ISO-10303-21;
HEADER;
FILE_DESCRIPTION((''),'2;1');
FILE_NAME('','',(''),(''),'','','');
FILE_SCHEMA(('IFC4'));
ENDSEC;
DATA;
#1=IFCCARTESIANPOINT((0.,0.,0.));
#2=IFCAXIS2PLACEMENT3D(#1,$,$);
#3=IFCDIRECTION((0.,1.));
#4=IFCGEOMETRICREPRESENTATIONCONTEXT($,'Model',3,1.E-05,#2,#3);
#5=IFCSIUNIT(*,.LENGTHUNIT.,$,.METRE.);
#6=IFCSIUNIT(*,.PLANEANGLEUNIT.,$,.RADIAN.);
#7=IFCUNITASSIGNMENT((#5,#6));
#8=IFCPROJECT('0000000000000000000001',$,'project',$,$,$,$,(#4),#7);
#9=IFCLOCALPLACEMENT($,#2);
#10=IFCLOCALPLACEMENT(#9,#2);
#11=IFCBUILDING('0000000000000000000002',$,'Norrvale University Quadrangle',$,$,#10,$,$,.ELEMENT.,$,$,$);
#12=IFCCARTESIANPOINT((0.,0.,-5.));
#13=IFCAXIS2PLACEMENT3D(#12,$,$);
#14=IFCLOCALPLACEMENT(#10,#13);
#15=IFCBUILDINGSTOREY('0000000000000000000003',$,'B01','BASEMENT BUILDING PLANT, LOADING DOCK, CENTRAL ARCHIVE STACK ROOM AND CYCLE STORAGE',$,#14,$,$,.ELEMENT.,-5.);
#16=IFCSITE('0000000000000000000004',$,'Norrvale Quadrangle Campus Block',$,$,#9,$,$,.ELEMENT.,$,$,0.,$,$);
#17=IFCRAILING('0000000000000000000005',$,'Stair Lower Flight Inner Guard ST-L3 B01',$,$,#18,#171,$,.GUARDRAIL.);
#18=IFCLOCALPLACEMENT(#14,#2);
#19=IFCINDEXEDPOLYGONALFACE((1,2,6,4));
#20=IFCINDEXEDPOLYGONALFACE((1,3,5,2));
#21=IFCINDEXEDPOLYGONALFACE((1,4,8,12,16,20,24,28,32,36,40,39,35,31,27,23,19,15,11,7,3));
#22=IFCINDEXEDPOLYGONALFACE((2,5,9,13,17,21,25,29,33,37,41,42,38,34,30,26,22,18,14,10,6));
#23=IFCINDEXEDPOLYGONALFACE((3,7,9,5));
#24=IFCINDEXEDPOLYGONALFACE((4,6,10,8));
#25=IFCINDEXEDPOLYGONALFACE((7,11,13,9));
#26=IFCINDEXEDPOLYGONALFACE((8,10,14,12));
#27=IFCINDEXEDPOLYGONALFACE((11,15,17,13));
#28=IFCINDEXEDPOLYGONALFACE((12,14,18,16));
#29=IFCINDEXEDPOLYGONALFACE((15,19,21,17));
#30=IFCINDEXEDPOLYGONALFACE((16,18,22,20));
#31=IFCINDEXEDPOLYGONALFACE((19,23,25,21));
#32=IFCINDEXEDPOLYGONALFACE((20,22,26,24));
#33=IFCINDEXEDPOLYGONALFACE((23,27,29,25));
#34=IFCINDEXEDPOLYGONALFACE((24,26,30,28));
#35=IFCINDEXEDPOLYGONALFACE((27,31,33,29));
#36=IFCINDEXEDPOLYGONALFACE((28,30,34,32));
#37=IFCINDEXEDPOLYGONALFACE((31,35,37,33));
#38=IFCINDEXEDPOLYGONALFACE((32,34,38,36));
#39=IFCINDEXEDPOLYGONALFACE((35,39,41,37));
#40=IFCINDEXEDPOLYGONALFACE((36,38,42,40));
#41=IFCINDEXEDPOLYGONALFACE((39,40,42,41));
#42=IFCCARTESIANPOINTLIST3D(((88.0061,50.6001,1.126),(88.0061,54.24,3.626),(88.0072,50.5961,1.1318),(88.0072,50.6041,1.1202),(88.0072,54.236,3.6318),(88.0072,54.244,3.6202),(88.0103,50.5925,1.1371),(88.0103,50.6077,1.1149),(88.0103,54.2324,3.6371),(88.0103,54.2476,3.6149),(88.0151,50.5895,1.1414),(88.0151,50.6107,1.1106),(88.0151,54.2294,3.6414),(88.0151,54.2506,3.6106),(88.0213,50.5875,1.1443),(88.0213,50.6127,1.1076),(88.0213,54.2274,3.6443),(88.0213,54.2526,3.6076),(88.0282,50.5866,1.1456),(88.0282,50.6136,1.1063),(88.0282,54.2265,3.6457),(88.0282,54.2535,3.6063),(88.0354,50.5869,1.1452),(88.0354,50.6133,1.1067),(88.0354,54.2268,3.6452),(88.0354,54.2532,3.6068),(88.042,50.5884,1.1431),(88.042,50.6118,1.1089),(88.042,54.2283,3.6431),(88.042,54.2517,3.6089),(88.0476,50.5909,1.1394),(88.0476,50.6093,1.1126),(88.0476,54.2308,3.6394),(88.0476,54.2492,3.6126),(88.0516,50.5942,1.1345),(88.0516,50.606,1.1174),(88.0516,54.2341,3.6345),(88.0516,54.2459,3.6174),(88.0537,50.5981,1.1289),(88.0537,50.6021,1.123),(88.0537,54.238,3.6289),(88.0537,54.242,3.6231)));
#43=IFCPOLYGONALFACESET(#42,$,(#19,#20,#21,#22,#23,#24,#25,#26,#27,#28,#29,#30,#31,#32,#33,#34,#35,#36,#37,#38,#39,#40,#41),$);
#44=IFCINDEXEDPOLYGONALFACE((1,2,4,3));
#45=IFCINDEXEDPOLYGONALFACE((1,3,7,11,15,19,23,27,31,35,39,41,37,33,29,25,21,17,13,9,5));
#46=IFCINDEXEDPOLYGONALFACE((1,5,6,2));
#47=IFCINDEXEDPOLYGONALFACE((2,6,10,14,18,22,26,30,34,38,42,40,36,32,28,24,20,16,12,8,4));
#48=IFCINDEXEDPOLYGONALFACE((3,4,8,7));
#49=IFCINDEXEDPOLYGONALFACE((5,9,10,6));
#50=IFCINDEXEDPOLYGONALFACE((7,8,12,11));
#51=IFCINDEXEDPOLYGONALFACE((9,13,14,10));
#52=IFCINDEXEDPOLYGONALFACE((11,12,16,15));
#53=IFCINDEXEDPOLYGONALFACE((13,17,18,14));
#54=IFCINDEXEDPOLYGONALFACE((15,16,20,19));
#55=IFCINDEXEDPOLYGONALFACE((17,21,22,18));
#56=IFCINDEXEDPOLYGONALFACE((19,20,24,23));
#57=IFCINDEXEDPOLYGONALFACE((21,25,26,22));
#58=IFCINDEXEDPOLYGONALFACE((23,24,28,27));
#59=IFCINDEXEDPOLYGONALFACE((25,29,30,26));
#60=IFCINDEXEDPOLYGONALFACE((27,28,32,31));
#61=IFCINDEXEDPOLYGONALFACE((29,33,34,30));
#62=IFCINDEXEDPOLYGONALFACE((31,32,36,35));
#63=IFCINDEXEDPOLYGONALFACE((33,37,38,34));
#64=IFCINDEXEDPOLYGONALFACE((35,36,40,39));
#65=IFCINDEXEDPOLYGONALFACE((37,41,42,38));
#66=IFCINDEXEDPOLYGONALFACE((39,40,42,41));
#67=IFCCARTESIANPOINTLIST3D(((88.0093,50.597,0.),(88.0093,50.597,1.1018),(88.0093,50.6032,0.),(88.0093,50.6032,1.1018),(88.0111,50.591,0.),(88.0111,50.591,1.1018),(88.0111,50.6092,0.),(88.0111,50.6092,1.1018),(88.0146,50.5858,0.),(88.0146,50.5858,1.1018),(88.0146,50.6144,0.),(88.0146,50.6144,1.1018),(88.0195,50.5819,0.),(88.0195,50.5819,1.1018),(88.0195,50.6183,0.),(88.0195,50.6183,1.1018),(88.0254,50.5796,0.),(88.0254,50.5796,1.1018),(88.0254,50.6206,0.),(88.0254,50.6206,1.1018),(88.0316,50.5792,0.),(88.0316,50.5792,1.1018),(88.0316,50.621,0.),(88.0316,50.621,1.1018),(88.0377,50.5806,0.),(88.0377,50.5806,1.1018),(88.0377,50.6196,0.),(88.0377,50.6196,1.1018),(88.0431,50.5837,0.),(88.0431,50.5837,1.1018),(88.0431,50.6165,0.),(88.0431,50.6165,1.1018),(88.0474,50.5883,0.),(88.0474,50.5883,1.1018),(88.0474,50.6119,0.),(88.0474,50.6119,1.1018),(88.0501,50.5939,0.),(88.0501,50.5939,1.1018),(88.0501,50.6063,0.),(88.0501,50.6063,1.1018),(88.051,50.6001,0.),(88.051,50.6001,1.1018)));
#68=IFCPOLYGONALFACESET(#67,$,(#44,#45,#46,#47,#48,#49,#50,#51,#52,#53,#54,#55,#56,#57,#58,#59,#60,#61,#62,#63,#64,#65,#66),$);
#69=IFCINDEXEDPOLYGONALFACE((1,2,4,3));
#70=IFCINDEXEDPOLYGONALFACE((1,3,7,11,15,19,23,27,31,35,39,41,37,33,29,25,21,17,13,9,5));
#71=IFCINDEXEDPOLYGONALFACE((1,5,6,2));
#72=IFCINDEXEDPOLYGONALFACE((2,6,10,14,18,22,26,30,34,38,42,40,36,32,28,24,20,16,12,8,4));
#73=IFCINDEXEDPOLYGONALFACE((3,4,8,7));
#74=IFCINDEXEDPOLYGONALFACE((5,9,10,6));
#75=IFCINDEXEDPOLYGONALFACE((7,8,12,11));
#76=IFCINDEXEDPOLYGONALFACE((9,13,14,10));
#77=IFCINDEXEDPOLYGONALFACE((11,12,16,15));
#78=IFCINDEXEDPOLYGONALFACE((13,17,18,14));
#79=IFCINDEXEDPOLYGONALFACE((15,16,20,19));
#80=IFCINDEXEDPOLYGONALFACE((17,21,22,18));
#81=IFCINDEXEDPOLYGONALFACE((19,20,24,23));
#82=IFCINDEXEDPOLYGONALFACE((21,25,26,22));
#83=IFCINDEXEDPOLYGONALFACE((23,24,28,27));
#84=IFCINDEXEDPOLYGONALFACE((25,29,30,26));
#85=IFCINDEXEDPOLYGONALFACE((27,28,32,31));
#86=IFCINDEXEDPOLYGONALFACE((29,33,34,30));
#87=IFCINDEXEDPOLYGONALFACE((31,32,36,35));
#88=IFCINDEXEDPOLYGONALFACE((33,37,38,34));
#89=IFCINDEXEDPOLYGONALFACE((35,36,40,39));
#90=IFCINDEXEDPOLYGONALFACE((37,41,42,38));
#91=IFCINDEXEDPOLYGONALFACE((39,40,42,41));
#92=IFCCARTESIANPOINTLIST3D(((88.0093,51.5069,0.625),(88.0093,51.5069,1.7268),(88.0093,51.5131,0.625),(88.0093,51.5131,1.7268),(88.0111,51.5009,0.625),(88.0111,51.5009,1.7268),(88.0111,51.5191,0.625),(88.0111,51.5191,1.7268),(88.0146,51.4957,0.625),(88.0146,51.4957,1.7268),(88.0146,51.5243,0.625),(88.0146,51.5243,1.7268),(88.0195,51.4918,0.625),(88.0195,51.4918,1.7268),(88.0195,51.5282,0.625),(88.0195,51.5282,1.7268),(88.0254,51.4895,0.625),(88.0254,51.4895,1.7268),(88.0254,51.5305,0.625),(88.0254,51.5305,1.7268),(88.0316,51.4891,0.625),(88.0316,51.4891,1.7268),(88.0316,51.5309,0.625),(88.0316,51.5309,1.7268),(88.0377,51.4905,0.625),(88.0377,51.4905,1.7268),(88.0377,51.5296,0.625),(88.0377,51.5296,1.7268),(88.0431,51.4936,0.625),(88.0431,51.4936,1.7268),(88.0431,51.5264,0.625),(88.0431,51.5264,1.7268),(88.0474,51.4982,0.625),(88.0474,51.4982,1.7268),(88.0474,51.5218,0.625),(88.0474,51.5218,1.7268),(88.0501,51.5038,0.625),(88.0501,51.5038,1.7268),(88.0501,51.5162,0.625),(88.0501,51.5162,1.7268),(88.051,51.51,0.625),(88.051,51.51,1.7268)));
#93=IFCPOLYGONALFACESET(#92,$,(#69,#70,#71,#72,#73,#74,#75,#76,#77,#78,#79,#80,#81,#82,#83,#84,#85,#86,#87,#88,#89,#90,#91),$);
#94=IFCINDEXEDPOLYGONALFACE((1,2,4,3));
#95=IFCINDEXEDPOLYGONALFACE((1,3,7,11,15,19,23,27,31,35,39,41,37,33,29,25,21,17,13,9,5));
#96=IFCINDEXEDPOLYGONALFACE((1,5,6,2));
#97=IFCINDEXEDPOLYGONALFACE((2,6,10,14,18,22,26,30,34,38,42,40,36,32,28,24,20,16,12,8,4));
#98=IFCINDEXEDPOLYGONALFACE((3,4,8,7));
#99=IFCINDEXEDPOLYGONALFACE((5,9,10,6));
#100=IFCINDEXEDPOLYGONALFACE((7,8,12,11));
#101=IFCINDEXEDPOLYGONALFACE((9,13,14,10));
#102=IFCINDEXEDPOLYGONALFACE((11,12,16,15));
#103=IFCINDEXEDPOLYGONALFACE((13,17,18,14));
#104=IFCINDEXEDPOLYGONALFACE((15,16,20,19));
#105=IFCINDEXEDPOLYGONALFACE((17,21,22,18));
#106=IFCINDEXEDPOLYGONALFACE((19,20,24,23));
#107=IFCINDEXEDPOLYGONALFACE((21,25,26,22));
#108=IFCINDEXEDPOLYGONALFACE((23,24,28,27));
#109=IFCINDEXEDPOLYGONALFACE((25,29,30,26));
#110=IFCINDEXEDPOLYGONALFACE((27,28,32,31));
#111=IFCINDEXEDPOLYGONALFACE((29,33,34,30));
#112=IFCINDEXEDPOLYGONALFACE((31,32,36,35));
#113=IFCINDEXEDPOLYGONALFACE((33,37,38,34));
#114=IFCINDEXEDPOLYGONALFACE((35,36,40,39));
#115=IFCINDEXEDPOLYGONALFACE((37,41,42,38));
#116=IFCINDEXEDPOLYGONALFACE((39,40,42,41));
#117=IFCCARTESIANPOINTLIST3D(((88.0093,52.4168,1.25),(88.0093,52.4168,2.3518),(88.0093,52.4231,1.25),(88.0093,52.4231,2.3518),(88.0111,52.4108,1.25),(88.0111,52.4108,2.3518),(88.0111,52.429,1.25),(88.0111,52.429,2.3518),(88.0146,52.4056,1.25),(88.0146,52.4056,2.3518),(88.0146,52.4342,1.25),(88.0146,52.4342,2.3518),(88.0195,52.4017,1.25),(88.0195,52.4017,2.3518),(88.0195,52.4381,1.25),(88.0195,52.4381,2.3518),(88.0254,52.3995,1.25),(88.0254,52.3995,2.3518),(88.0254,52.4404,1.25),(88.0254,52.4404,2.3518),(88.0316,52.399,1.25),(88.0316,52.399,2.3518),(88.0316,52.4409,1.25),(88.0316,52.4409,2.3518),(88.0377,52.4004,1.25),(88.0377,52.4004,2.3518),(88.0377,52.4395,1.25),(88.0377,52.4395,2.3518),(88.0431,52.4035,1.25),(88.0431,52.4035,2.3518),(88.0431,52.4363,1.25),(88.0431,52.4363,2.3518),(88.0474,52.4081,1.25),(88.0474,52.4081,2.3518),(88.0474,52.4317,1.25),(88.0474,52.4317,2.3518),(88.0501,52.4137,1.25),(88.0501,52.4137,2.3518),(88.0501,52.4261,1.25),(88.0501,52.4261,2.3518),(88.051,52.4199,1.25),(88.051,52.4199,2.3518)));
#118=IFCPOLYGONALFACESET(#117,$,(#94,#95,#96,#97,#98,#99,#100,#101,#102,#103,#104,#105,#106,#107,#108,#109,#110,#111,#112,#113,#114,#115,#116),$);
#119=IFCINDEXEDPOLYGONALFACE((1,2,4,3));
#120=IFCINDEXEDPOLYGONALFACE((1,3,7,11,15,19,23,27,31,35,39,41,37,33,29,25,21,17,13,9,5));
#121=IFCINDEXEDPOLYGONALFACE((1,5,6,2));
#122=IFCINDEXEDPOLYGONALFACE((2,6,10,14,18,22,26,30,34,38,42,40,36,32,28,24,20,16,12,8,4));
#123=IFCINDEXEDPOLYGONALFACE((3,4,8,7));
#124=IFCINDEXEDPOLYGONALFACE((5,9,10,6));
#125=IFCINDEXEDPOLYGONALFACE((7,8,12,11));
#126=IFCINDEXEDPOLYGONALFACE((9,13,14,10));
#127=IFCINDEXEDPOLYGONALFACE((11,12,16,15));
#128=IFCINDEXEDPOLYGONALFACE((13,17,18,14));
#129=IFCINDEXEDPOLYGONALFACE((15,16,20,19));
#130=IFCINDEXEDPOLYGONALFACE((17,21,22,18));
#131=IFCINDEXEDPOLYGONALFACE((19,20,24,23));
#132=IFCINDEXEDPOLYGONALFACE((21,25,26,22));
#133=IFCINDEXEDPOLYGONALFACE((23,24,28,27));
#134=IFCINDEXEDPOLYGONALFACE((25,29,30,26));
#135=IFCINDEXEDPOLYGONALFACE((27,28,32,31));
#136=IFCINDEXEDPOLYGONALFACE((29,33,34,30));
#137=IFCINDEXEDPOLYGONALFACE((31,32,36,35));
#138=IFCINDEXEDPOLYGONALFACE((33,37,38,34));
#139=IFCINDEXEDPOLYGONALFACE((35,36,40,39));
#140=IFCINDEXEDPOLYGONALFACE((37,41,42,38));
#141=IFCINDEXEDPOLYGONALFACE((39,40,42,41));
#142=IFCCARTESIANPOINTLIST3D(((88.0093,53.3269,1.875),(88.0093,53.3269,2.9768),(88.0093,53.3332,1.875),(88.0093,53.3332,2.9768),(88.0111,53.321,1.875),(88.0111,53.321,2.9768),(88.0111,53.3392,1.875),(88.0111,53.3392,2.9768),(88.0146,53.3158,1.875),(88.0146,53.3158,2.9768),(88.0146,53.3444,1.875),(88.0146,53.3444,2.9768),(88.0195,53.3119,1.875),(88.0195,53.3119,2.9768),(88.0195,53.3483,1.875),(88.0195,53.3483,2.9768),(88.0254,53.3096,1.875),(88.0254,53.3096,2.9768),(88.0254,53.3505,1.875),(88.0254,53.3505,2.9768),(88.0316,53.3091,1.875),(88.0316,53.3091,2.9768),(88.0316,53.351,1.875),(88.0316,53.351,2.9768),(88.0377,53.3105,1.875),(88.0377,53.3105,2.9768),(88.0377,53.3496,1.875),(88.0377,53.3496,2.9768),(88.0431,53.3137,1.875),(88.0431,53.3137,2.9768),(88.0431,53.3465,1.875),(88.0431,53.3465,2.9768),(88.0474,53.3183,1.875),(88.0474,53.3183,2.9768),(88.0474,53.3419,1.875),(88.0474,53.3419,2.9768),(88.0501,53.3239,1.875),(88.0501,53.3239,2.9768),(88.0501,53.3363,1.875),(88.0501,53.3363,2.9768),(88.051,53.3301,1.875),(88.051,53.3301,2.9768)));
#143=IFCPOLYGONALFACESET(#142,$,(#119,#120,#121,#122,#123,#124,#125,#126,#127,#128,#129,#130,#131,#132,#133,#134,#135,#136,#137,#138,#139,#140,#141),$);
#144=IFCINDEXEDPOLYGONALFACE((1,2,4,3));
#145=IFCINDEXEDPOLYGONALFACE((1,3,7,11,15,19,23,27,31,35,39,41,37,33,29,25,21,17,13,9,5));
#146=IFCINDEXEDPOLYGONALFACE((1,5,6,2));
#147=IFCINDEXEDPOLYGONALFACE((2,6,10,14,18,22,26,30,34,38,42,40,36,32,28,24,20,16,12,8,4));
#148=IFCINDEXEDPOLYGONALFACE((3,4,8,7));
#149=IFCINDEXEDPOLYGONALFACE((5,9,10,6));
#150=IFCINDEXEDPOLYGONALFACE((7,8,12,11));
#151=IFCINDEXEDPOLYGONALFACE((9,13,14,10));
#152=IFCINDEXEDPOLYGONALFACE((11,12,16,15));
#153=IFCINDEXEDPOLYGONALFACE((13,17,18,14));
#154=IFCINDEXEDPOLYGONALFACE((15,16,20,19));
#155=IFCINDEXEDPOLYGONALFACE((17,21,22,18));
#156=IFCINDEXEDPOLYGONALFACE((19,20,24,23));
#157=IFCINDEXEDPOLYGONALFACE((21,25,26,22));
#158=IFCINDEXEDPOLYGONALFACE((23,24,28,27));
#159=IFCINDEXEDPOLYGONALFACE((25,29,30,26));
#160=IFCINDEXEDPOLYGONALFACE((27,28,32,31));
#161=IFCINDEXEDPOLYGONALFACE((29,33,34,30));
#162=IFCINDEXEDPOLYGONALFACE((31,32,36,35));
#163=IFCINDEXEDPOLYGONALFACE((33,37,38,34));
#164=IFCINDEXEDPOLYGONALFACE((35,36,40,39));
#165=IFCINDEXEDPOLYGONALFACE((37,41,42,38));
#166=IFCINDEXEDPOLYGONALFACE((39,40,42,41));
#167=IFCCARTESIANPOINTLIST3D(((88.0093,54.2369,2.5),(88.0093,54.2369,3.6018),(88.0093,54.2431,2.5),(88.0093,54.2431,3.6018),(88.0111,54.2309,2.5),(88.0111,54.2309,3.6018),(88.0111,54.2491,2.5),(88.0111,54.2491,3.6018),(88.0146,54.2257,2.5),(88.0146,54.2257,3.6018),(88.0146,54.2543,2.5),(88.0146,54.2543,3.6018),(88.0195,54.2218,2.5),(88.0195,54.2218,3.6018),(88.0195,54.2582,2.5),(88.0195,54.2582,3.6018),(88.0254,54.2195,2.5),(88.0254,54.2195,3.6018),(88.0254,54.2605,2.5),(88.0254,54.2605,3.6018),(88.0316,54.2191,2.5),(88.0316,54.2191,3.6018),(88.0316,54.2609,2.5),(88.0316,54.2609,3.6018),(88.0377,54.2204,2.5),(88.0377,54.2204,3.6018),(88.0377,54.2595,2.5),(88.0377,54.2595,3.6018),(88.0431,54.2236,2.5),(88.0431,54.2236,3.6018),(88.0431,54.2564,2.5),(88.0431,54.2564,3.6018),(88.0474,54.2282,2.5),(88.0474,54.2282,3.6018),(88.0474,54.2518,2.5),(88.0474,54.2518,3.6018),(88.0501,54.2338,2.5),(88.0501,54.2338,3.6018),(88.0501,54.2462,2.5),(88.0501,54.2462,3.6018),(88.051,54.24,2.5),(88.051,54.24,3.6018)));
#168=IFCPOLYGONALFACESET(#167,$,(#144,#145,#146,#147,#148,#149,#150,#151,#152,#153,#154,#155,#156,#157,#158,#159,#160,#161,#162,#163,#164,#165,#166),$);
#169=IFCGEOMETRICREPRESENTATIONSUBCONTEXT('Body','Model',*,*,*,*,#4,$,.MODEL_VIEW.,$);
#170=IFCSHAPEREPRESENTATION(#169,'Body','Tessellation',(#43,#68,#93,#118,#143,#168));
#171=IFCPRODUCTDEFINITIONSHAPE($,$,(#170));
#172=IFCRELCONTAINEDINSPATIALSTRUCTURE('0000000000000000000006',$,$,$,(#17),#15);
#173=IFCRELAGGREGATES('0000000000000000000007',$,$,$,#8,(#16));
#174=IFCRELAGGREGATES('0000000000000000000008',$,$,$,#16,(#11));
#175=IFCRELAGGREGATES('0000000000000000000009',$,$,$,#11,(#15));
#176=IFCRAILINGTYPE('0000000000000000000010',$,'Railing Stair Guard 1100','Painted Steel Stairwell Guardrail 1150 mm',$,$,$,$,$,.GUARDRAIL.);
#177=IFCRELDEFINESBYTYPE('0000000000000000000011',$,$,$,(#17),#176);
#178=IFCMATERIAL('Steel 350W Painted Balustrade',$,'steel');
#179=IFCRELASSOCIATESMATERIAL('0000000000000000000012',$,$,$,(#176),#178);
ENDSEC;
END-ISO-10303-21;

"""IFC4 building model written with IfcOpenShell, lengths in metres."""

from ifc_helpers import new_model, si_unit, direction, frame, origin, origin_2d, place, context, subcontext, project, spatial, circle, extrude, material, type_object, element, save


model = new_model("IFC4")

# Units and contexts
model_context = context("Model", 3, precision=1e-05, world=origin(), true_north=direction((0.0, 1.0)))
body_context = subcontext(model_context, "Body", "Model", "MODEL_VIEW")
ifc_project = project(units=[si_unit("LENGTHUNIT", "METRE"), si_unit("PLANEANGLEUNIT", "RADIAN")], contexts=[model_context])

# Site, building, storey
site_placement = place(None, origin())
site = spatial("IfcSite", under=ifc_project, at=site_placement, Name="Norrvale Quadrangle Campus Block", CompositionType="ELEMENT", RefElevation=0.0)
building_placement = place(site_placement, origin())
building = spatial("IfcBuilding", under=site, at=building_placement, Name="Norrvale University Quadrangle", CompositionType="ELEMENT")
storey_placement = place(building_placement, frame((0.0, 0.0, -5.0)))
storey = spatial("IfcBuildingStorey", under=building, at=storey_placement, Name="B01", Description="BASEMENT BUILDING PLANT, LOADING DOCK, CENTRAL ARCHIVE STACK ROOM AND CYCLE STORAGE", CompositionType="ELEMENT", Elevation=-5.0)

# Railing
ifc_material_1 = material(Name="Steel 350W Painted Balustrade", Category="steel")
railing_type_1 = type_object("IfcRailingType", Name="Railing Stair Guard 1100", Description="Painted Steel Stairwell Guardrail 1150 mm", PredefinedType="GUARDRAIL", material=ifc_material_1)
railing_1_placement = place(storey_placement, frame((88.03, 50.6001, 0.0)))
element("IfcRailing", 1, at=railing_1_placement, inside=storey, type_object=railing_type_1, Name="Stair Lower Flight Inner Guard ST-L3 B01", PredefinedType="GUARDRAIL", context=body_context, shape_type="SweptSolid", body=[
    extrude(circle(Radius=0.0239, at=origin_2d()), frame((0.0, 0.0, 1.126), z_axis=(0.0, 0.824298, 0.566156), x_axis=(-1.0, 0.0, 0.0)), (0.0, 0.0, 1.0), 4.4158),
    extrude(circle(Radius=0.021, at=origin_2d()), origin(), (0.0, 0.0, 1.0), 1.1018),
    extrude(circle(Radius=0.021, at=origin_2d()), frame((0.0, 0.9099, 0.625)), (0.0, 0.0, 1.0), 1.1018),
    extrude(circle(Radius=0.021, at=origin_2d()), frame((0.0, 1.8198, 1.25)), (0.0, 0.0, 1.0), 1.1018),
    extrude(circle(Radius=0.021, at=origin_2d()), frame((0.0, 2.73, 1.875)), (0.0, 0.0, 1.0), 1.1018),
    extrude(circle(Radius=0.021, at=origin_2d()), frame((0.0, 3.6399, 2.5)), (0.0, 0.0, 1.0), 1.1018),
])

save(model, "model.ifc")
